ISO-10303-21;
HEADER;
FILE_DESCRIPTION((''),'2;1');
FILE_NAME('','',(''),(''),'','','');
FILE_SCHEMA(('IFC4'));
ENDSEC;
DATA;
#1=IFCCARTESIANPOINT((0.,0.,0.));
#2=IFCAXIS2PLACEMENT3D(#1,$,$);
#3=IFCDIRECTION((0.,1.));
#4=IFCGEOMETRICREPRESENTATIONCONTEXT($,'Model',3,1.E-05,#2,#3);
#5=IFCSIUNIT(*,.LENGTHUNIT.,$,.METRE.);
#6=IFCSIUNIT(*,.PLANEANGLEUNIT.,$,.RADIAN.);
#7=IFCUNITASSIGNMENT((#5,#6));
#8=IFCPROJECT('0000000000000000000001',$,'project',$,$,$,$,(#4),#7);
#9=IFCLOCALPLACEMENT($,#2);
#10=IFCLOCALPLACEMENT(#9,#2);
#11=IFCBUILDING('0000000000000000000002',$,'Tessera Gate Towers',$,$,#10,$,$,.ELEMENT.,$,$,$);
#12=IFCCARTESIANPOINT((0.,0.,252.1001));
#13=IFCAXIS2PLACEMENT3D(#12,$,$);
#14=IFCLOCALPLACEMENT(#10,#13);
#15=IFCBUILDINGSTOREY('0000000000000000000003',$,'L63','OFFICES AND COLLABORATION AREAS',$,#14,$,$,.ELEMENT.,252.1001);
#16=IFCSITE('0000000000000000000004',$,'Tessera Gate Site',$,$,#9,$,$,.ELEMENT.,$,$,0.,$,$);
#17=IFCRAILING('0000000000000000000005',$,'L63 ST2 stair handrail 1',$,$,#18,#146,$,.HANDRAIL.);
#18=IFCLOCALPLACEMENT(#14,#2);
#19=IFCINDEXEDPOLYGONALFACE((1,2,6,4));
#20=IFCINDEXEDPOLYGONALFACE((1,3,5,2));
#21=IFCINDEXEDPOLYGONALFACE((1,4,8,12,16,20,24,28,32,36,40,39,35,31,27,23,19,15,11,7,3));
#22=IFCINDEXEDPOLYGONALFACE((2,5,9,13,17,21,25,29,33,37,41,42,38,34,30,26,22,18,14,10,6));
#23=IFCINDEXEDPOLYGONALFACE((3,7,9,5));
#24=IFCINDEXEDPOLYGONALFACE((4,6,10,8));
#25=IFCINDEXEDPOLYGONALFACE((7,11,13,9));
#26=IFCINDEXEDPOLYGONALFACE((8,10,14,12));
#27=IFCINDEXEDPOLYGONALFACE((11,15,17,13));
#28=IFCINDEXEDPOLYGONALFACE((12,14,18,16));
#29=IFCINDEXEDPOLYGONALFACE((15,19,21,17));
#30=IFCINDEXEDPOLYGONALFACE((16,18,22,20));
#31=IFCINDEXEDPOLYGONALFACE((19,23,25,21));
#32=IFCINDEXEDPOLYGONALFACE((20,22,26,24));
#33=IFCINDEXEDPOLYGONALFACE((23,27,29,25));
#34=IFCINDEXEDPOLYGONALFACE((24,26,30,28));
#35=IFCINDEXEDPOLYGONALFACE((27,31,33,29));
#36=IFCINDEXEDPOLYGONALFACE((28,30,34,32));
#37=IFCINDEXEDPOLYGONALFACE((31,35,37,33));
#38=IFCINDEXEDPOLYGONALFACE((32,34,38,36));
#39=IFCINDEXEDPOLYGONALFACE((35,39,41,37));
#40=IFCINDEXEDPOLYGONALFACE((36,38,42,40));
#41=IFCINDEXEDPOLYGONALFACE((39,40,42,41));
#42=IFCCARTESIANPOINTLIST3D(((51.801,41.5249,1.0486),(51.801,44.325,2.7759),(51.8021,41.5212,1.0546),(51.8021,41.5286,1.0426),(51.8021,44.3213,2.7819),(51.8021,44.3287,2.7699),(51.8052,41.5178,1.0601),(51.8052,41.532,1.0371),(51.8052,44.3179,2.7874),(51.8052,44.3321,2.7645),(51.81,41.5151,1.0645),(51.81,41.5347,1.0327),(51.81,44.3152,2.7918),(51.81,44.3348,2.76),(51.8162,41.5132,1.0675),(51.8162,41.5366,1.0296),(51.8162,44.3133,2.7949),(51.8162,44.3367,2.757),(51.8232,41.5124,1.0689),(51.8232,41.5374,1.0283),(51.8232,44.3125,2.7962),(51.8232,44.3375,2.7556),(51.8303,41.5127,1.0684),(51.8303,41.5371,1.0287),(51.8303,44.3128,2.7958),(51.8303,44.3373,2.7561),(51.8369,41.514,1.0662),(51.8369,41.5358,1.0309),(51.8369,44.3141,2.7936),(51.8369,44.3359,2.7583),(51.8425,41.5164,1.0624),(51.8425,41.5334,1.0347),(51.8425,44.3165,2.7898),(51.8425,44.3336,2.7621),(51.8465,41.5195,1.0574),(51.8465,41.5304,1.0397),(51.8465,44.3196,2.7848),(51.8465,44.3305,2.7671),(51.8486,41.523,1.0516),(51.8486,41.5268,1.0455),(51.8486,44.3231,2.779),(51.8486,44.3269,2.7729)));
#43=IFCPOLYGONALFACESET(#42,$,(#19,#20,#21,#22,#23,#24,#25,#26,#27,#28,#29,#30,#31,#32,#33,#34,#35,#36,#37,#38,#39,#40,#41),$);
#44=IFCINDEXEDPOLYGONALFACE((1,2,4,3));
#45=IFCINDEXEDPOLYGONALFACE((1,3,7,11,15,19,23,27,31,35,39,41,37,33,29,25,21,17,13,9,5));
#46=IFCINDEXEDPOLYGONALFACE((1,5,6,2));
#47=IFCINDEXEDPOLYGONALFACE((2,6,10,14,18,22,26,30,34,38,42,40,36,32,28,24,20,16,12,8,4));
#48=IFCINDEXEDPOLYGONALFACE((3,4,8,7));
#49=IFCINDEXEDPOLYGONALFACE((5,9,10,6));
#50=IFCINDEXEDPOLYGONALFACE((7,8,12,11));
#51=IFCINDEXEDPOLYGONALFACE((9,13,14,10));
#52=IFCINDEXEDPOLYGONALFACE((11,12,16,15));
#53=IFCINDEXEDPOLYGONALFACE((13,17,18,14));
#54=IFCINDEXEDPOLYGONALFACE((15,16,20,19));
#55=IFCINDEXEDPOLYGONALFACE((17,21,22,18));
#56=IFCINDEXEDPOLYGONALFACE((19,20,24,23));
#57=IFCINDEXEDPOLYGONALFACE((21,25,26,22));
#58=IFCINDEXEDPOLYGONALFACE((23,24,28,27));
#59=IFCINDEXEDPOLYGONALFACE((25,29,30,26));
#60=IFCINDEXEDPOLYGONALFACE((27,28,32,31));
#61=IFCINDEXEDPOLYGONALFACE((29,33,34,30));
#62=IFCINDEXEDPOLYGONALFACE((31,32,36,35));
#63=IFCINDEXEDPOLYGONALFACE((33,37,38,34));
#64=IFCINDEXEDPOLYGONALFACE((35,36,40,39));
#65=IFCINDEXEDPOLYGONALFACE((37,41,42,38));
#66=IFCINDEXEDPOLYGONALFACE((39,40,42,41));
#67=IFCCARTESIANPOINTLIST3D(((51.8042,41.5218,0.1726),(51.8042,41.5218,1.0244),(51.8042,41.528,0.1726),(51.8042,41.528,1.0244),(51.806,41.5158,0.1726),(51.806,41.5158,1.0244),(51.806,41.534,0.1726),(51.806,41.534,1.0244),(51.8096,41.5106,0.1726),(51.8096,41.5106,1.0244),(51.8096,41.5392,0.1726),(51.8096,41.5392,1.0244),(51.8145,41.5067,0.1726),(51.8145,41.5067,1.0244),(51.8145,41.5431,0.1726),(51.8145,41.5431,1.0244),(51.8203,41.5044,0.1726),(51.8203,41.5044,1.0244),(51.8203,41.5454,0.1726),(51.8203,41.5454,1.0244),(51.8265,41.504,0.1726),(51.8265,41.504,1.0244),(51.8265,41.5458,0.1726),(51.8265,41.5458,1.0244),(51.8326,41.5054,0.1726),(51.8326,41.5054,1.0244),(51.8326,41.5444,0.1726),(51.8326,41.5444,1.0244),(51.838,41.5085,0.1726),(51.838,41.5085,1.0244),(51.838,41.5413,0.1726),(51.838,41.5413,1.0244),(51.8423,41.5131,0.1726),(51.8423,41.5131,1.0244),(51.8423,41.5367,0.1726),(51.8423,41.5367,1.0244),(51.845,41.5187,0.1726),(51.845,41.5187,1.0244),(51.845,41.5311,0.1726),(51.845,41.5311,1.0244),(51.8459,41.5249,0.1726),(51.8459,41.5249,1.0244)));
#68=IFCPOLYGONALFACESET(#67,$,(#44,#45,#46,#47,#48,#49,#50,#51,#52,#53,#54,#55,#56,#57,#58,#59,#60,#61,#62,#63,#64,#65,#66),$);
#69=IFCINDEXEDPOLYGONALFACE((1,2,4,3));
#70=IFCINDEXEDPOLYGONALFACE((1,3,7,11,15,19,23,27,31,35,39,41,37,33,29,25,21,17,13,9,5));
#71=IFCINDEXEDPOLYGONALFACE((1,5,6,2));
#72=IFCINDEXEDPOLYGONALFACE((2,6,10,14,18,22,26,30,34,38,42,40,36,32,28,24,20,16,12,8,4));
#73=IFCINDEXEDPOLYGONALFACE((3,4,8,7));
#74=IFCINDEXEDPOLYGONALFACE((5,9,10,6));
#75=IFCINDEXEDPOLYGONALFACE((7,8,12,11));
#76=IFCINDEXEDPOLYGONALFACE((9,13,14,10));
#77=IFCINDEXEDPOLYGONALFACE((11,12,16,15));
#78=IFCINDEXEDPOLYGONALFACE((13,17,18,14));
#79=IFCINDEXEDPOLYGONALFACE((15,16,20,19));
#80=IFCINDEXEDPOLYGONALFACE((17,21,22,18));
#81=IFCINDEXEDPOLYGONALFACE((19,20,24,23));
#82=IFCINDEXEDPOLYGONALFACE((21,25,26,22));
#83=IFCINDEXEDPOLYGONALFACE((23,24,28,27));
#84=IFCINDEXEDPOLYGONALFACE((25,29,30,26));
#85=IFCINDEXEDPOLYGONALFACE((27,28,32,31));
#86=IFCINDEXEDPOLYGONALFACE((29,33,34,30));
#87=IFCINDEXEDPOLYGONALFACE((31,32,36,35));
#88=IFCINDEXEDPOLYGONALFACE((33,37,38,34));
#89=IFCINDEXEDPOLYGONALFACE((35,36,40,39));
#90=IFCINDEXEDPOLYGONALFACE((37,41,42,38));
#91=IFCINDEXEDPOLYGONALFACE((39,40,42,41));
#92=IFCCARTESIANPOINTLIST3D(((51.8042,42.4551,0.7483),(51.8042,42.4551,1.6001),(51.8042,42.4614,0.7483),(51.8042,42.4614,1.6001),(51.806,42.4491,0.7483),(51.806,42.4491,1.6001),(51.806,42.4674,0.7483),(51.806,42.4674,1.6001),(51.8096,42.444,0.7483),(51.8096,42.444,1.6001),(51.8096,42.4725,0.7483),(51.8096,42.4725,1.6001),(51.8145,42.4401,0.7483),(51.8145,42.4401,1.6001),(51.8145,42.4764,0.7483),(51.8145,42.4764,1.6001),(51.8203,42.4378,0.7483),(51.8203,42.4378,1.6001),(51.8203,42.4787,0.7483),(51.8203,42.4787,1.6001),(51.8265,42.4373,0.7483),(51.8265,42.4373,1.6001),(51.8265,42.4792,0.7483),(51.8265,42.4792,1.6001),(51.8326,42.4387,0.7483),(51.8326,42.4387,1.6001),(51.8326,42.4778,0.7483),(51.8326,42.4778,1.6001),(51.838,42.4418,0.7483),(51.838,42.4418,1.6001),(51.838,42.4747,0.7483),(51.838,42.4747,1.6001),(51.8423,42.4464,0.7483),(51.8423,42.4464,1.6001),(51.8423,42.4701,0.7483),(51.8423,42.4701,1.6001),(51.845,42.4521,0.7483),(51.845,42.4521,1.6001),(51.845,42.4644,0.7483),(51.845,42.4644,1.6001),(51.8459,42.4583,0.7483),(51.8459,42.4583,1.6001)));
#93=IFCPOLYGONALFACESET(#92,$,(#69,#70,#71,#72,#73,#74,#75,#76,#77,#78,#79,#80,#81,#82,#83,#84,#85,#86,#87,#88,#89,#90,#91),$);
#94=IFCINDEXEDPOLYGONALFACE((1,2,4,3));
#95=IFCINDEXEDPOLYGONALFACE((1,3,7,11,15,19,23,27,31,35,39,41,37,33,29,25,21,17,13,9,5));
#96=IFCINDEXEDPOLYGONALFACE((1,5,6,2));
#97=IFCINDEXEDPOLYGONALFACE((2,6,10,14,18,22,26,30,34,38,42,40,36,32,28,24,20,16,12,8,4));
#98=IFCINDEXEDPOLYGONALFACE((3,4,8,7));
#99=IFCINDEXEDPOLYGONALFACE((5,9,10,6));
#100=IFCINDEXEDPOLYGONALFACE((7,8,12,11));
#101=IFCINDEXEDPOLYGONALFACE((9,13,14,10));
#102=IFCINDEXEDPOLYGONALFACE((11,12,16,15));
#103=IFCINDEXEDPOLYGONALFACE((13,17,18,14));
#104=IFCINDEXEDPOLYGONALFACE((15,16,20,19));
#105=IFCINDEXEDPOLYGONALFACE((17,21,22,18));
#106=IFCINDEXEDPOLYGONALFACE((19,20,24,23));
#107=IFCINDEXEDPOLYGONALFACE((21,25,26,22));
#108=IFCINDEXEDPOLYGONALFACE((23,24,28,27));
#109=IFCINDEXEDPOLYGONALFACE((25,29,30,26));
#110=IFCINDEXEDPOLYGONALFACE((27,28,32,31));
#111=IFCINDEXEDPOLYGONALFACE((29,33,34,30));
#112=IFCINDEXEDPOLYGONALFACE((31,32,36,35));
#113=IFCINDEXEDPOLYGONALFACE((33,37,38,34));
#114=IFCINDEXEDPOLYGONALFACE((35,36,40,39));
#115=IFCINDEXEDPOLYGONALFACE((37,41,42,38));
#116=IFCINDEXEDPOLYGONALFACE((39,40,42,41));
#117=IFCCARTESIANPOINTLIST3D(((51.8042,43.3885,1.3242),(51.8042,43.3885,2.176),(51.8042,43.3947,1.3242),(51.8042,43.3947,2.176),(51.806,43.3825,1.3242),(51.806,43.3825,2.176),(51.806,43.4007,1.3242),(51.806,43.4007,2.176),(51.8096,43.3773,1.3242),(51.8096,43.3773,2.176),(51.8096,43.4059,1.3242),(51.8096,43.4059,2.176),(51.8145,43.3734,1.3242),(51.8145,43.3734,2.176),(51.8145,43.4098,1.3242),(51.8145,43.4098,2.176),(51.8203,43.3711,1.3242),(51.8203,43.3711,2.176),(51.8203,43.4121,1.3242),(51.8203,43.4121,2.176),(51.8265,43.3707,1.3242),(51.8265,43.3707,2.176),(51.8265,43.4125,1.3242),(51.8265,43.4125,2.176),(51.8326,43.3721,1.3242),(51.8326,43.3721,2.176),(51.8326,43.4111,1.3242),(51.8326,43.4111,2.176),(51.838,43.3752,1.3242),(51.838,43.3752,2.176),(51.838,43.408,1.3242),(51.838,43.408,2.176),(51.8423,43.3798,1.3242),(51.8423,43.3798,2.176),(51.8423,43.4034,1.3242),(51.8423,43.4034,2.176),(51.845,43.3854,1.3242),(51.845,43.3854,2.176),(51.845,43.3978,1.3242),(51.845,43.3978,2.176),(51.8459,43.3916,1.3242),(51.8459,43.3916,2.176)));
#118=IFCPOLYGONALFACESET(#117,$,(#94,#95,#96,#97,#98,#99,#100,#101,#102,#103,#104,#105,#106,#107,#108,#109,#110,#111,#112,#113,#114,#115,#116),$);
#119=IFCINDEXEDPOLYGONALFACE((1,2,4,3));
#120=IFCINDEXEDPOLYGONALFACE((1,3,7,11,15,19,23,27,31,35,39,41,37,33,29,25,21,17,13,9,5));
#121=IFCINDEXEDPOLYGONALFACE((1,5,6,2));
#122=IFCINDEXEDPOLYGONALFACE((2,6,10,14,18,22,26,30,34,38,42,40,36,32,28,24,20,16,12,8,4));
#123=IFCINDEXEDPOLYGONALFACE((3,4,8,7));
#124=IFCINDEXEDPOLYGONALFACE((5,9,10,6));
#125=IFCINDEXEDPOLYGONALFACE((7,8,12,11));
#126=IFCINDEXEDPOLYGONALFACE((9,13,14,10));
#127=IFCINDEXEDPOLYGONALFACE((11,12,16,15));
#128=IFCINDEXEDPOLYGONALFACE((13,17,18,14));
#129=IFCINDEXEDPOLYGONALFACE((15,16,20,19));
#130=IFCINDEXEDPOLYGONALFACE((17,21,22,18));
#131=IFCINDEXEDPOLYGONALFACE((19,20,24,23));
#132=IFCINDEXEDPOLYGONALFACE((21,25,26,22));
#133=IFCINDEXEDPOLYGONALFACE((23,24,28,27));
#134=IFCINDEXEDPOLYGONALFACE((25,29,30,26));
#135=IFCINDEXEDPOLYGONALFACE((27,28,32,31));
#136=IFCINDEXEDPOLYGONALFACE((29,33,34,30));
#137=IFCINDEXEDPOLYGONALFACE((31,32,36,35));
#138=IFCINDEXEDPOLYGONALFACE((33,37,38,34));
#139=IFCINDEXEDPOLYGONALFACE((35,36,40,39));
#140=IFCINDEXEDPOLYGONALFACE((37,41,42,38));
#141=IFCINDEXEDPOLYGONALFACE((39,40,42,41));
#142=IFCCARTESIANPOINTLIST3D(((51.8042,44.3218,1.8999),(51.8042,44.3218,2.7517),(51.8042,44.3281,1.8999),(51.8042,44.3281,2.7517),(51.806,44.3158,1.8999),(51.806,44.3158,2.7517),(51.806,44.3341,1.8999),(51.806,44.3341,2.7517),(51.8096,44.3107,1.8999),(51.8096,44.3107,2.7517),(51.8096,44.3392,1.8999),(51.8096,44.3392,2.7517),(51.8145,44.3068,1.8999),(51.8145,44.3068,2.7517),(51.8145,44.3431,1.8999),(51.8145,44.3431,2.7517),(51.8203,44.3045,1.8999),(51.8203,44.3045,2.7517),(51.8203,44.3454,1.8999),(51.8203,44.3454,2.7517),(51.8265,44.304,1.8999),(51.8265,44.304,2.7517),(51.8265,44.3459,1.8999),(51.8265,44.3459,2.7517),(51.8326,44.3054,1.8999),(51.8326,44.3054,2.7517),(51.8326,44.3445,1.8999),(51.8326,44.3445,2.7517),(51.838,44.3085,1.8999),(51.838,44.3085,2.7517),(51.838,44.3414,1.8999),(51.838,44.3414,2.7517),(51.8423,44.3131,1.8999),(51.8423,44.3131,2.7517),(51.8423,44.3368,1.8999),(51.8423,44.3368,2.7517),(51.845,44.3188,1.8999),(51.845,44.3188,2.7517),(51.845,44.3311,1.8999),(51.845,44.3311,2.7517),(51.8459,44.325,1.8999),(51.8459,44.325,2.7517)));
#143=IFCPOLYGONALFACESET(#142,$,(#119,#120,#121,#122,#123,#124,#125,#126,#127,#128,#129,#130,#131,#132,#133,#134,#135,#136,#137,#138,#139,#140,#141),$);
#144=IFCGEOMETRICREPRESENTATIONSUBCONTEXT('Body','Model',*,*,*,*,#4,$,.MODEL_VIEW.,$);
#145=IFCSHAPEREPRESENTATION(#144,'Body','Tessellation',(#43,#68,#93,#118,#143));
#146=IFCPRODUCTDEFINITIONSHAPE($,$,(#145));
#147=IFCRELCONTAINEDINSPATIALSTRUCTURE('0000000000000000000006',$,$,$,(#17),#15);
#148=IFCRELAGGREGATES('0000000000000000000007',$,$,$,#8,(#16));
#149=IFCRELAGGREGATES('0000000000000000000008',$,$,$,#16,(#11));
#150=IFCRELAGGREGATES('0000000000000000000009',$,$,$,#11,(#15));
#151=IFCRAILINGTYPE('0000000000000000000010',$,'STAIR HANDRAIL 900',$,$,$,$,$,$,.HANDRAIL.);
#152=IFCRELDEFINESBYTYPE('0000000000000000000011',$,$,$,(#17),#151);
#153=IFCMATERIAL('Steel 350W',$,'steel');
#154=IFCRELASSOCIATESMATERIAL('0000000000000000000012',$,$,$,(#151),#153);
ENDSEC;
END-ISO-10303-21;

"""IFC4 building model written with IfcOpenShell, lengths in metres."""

from ifc_helpers import new_model, si_unit, direction, frame, origin, origin_2d, place, context, subcontext, project, spatial, circle, extrude, material, type_object, element, save


model = new_model("IFC4")

# Units and contexts
model_context = context("Model", 3, precision=1e-05, world=origin(), true_north=direction((0.0, 1.0)))
body_context = subcontext(model_context, "Body", "Model", "MODEL_VIEW")
ifc_project = project(units=[si_unit("LENGTHUNIT", "METRE"), si_unit("PLANEANGLEUNIT", "RADIAN")], contexts=[model_context])

# Site, building, storey
site_placement = place(None, origin())
site = spatial("IfcSite", under=ifc_project, at=site_placement, Name="Tessera Gate Site", CompositionType="ELEMENT", RefElevation=0.0)
building_placement = place(site_placement, origin())
building = spatial("IfcBuilding", under=site, at=building_placement, Name="Tessera Gate Towers", CompositionType="ELEMENT")
storey_placement = place(building_placement, frame((0.0, 0.0, 252.1001)))
storey = spatial("IfcBuildingStorey", under=building, at=storey_placement, Name="L63", Description="OFFICES AND COLLABORATION AREAS", CompositionType="ELEMENT", Elevation=252.1001)

# Railing
ifc_material_1 = material(Name="Steel 350W", Category="steel")
railing_type_1 = type_object("IfcRailingType", Name="STAIR HANDRAIL 900", PredefinedType="HANDRAIL", material=ifc_material_1)
railing_1_placement = place(storey_placement, frame((51.825, 41.5249, 0.1726)))
element("IfcRailing", 1, at=railing_1_placement, inside=storey, type_object=railing_type_1, Name="L63 ST2 stair handrail 1", PredefinedType="HANDRAIL", context=body_context, shape_type="SweptSolid", body=[
    extrude(circle(Radius=0.0239, at=origin_2d()), frame((0.0, 0.0, 0.876), z_axis=(0.0, 0.85109, 0.52502), x_axis=(-1.0, 0.0, 0.0)), (0.0, 0.0, 1.0), 3.29),
    extrude(circle(Radius=0.021, at=origin_2d()), origin(), (0.0, 0.0, 1.0), 0.8518),
    extrude(circle(Radius=0.021, at=origin_2d()), frame((0.0, 0.9333, 0.5757)), (0.0, 0.0, 1.0), 0.8518),
    extrude(circle(Radius=0.021, at=origin_2d()), frame((0.0, 1.8667, 1.1516)), (0.0, 0.0, 1.0), 0.8518),
    extrude(circle(Radius=0.021, at=origin_2d()), frame((0.0, 2.8, 1.7273)), (0.0, 0.0, 1.0), 0.8518),
])

save(model, "model.ifc")
